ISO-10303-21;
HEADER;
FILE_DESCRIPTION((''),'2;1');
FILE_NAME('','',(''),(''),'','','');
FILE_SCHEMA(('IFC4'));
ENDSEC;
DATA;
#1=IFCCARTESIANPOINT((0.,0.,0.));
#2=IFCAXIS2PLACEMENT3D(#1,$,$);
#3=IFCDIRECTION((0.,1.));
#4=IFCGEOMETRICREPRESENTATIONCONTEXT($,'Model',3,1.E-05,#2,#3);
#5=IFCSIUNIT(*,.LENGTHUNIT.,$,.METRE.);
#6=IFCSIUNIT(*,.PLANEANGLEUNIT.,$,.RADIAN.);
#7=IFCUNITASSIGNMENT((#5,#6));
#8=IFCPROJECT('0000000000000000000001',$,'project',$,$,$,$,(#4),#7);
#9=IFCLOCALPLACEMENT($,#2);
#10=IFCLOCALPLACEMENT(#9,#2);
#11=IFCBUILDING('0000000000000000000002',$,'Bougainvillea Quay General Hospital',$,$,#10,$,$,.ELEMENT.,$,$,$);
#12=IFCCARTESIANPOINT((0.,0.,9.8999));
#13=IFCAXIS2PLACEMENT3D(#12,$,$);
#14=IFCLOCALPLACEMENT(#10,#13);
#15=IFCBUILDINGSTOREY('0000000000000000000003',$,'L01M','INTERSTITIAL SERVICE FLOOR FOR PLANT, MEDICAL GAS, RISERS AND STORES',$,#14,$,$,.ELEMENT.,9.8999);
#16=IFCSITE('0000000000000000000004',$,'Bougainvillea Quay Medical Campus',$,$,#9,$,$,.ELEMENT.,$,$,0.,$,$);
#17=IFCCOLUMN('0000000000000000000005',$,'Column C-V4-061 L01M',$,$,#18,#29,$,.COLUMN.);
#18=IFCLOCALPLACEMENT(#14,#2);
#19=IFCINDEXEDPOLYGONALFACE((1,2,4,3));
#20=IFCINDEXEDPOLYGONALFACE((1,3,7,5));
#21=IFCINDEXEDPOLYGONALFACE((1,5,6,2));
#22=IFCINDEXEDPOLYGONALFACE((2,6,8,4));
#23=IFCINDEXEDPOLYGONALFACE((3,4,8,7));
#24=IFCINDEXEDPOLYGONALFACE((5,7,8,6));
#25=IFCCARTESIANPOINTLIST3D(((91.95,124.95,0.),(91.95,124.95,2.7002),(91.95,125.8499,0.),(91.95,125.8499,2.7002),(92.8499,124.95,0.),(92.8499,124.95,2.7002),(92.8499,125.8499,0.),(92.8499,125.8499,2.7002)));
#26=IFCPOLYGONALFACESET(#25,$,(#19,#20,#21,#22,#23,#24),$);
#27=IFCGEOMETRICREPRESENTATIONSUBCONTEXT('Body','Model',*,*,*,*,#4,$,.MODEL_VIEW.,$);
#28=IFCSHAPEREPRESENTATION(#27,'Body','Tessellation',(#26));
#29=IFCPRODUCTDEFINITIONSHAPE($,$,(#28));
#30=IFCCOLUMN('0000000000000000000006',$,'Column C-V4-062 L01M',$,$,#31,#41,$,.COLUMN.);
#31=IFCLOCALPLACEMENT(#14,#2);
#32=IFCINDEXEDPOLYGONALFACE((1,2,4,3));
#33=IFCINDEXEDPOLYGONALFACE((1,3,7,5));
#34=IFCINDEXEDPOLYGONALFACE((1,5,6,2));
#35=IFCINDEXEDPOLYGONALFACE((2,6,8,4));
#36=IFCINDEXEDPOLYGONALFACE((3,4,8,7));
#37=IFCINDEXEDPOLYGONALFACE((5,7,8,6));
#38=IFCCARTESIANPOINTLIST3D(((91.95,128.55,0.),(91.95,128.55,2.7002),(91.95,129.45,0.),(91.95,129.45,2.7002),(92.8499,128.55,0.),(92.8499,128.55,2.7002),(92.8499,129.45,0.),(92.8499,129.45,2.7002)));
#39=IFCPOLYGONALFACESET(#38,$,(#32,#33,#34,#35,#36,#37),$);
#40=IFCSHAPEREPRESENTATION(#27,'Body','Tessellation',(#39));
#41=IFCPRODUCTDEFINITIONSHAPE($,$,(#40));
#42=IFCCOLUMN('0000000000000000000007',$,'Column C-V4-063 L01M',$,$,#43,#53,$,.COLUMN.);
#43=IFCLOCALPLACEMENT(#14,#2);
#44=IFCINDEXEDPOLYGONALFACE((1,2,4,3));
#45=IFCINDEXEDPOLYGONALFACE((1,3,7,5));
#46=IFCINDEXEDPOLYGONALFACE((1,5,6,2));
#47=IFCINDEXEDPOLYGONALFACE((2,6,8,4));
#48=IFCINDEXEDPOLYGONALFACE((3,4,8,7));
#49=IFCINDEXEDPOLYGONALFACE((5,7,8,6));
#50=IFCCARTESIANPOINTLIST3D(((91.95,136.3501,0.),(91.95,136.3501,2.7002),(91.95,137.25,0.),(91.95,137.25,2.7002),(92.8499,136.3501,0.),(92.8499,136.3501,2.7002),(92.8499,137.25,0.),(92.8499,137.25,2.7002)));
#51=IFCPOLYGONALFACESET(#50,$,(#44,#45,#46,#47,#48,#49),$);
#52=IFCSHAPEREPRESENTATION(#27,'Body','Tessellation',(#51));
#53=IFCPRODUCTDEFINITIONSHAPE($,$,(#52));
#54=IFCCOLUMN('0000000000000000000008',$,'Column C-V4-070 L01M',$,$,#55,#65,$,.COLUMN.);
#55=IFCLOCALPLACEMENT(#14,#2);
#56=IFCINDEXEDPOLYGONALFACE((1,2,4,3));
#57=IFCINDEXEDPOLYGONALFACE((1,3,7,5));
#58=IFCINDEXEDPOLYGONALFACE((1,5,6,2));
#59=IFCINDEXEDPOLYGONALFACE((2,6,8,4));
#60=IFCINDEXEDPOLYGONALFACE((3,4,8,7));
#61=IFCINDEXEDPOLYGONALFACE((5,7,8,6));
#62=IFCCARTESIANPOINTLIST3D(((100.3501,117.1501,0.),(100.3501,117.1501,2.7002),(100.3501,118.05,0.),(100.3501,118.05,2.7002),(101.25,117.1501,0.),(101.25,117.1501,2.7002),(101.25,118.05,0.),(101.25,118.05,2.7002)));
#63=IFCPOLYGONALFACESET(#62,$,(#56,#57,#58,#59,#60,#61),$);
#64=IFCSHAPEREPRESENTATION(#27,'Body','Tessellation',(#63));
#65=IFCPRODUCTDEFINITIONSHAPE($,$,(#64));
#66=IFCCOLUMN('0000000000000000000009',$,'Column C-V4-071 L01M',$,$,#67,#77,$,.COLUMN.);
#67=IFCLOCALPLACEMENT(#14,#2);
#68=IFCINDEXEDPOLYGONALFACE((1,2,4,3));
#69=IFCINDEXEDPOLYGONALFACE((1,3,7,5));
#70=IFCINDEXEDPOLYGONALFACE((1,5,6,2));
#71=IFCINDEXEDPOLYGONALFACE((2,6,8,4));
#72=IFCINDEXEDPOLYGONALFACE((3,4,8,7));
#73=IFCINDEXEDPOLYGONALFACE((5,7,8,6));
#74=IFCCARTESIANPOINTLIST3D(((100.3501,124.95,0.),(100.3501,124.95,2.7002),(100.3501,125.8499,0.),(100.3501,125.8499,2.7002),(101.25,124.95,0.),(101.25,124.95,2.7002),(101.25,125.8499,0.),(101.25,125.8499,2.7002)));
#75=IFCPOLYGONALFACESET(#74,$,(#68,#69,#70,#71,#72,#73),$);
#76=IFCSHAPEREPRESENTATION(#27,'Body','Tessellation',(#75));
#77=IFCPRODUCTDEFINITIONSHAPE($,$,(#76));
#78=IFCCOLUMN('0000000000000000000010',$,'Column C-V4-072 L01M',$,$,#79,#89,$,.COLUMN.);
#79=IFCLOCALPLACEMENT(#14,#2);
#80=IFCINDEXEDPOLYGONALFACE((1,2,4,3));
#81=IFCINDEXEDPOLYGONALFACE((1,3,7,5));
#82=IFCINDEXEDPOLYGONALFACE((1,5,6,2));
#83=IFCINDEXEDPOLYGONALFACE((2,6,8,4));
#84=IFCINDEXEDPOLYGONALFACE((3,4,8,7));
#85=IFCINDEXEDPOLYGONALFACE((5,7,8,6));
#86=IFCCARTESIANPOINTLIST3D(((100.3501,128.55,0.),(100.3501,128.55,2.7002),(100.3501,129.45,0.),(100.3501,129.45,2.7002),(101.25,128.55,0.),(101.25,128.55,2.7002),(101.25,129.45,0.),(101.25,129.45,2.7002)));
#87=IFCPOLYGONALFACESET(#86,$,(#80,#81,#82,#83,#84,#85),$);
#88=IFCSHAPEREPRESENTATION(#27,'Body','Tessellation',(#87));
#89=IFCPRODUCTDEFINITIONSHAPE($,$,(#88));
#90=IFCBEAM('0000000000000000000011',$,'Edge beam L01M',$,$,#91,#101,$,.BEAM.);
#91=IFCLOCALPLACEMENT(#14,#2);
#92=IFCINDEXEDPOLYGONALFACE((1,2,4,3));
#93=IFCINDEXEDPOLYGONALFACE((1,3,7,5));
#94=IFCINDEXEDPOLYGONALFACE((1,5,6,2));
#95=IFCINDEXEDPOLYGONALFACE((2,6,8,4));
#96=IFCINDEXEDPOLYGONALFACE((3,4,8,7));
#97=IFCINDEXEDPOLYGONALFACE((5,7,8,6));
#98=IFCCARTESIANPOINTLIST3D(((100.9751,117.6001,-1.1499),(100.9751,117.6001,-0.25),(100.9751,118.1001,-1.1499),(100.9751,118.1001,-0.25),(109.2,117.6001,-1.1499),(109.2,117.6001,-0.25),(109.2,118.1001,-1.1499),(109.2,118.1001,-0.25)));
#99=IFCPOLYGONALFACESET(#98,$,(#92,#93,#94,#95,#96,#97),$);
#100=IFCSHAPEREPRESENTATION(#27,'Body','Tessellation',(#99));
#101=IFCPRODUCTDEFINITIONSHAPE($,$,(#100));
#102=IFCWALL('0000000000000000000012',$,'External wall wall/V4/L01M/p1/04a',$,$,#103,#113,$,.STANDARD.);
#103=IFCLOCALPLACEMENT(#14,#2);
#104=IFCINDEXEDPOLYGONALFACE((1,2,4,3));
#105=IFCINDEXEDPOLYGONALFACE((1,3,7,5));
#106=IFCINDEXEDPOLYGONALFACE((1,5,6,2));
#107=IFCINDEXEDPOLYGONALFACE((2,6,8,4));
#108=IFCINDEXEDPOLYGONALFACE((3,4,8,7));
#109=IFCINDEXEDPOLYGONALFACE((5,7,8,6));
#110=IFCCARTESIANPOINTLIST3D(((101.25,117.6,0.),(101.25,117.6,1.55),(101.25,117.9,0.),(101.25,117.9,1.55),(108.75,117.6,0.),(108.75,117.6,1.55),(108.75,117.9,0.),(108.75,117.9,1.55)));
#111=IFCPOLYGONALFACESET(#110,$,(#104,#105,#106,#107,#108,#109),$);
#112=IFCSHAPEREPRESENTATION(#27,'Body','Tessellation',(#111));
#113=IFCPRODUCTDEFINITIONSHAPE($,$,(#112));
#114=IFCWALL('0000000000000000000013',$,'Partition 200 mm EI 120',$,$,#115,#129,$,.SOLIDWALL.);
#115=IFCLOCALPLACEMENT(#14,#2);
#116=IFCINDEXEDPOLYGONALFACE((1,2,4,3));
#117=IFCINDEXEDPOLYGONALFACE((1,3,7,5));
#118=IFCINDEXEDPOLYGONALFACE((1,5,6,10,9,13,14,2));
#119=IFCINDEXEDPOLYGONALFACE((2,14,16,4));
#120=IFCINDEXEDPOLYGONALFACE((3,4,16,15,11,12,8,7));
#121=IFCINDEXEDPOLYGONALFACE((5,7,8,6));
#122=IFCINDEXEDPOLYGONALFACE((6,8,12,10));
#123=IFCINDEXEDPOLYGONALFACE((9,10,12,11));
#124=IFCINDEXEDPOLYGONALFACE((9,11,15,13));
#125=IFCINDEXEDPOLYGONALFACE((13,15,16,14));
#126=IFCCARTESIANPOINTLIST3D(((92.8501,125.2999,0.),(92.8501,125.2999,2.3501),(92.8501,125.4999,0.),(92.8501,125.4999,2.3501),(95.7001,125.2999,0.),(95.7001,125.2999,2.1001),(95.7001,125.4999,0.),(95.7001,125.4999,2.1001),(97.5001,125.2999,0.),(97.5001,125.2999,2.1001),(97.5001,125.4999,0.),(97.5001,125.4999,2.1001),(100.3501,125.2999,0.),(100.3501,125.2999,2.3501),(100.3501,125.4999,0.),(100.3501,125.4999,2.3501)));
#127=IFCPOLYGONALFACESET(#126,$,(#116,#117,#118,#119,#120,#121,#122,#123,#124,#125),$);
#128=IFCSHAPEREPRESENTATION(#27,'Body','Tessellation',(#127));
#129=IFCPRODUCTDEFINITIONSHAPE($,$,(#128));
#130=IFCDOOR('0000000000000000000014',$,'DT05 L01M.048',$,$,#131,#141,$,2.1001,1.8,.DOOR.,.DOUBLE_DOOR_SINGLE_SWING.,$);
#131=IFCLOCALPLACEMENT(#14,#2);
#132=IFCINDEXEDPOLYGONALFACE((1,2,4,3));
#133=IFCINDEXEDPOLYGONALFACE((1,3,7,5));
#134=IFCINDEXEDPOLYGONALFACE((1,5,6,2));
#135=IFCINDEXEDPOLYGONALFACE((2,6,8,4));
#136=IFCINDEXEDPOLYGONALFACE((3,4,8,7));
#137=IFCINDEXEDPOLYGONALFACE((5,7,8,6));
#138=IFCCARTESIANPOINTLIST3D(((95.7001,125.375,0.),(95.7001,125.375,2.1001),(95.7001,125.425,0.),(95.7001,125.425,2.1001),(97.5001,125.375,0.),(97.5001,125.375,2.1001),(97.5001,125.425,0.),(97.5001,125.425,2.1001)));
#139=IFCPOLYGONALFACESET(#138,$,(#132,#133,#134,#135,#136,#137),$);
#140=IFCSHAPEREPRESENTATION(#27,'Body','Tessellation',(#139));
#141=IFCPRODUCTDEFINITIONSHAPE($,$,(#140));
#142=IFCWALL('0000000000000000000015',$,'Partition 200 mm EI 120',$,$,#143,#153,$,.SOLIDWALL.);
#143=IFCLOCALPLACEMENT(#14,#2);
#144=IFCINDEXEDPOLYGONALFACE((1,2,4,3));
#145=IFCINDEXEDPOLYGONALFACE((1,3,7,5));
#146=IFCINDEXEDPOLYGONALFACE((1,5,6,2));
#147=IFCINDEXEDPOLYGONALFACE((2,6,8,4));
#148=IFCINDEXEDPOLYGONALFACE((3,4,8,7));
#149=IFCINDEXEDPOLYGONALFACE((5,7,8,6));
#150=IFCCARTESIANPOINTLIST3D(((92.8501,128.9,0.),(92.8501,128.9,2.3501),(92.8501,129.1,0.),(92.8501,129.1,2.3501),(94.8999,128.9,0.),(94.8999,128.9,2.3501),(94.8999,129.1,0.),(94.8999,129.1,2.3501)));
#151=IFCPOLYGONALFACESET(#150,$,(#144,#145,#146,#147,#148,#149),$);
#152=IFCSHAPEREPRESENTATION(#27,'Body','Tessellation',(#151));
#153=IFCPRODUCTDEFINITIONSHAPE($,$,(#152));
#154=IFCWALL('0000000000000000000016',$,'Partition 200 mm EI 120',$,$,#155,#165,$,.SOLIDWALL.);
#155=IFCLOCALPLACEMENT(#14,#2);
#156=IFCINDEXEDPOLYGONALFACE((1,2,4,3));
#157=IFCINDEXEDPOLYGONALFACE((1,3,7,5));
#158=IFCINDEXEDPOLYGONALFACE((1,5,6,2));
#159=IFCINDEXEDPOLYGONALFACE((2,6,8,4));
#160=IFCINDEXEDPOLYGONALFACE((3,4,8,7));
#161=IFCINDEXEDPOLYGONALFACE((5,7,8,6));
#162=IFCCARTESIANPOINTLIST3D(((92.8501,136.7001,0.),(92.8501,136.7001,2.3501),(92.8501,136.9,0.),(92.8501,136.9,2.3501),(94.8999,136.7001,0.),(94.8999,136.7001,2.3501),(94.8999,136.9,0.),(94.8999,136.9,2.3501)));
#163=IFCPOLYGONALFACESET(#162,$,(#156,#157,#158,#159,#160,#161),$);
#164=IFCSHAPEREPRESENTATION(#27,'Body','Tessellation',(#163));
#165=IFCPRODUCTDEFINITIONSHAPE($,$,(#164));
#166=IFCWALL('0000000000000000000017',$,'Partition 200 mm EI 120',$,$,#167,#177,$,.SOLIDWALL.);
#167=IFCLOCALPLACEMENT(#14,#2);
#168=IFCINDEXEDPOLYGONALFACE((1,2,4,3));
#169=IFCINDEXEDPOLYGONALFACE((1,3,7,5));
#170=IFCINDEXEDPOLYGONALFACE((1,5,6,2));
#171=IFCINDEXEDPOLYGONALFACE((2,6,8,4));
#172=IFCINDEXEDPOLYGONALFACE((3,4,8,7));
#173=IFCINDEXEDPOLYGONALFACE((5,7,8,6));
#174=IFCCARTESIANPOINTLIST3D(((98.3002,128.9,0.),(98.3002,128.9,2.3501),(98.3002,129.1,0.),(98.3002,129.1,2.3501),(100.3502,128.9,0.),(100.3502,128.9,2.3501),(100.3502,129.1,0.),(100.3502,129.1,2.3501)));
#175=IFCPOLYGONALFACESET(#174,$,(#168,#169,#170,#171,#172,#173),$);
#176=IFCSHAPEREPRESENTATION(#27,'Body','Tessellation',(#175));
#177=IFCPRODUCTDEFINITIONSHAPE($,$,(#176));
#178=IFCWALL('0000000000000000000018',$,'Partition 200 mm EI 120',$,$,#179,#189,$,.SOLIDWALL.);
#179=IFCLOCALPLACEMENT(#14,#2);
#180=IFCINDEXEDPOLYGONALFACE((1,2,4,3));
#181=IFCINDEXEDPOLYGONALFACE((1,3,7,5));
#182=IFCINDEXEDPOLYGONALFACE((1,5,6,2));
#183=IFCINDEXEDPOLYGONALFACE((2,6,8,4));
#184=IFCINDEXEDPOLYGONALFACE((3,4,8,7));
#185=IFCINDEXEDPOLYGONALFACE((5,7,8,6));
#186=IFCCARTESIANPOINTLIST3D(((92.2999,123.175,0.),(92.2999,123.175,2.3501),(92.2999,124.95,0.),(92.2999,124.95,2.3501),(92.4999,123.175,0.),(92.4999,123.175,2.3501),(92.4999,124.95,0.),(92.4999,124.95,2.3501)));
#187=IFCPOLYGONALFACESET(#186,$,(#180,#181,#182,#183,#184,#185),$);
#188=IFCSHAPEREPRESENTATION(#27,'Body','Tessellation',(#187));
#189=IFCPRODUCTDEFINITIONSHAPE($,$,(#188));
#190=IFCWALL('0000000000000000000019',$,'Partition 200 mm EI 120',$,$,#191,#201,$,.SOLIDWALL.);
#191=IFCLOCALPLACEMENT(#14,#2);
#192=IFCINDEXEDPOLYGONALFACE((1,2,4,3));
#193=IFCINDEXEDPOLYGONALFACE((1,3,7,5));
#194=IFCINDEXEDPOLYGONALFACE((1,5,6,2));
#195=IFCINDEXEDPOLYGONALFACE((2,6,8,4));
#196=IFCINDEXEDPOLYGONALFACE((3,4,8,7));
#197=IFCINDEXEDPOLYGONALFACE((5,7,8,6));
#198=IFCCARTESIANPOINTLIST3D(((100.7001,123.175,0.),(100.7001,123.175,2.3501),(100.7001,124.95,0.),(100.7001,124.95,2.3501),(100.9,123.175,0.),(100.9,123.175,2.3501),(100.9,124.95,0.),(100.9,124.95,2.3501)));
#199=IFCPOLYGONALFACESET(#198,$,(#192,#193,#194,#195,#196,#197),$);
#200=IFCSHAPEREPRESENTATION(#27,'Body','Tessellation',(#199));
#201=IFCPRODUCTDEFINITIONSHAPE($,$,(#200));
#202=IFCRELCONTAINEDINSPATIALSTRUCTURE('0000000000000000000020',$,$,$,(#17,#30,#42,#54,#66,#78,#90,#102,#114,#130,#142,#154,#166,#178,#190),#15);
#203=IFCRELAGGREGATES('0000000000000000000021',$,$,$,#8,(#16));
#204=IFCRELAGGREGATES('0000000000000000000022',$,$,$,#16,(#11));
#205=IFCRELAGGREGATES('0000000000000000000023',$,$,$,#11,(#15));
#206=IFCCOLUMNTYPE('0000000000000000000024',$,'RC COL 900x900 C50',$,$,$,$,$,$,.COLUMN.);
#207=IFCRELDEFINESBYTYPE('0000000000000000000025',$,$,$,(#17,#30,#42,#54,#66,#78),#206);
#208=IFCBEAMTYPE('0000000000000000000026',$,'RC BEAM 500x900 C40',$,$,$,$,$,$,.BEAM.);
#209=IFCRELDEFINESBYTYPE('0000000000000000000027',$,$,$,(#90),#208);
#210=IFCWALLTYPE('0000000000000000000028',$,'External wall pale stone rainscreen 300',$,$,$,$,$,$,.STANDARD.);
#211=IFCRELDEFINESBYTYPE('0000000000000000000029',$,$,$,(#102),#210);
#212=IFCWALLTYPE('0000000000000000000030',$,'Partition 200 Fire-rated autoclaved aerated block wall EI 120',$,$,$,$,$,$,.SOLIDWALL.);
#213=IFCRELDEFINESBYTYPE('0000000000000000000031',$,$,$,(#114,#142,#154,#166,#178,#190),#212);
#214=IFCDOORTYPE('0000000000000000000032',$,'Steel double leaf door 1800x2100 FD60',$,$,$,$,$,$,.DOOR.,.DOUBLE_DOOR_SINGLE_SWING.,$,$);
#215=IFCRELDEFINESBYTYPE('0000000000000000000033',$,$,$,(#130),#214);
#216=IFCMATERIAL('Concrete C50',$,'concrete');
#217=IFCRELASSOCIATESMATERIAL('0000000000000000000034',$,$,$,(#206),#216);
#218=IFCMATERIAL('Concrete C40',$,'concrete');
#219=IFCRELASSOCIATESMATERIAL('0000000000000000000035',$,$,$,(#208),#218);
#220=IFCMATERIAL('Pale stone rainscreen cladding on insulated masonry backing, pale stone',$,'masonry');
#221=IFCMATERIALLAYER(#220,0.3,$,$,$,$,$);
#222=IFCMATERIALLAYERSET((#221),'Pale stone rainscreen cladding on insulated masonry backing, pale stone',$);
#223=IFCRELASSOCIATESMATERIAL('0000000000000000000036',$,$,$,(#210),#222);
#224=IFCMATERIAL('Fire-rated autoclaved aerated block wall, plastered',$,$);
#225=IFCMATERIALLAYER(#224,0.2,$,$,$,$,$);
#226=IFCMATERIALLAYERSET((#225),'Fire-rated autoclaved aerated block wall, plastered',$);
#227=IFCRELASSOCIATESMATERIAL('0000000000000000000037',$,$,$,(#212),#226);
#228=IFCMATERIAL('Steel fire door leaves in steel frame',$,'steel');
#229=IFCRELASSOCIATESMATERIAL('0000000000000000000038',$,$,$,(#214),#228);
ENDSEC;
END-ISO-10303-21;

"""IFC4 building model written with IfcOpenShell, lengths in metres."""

from ifc_helpers import new_model, si_unit, direction, frame, frame_2d, origin, origin_2d, place, context, subcontext, project, spatial, rectangle, extrude, material, layer, layer_set, material_profile, profile_set, type_object, element, fill, save


model = new_model("IFC4")

# Units and contexts
model_context = context("Model", 3, precision=1e-05, world=origin(), true_north=direction((0.0, 1.0)))
body_context = subcontext(model_context, "Body", "Model", "MODEL_VIEW")
ifc_project = project(units=[si_unit("LENGTHUNIT", "METRE"), si_unit("PLANEANGLEUNIT", "RADIAN")], contexts=[model_context])

# Site, building, storey
site_placement = place(None, origin())
site = spatial("IfcSite", under=ifc_project, at=site_placement, Name="Bougainvillea Quay Medical Campus", CompositionType="ELEMENT", RefElevation=0.0)
building_placement = place(site_placement, origin())
building = spatial("IfcBuilding", under=site, at=building_placement, Name="Bougainvillea Quay General Hospital", CompositionType="ELEMENT")
storey_placement = place(building_placement, frame((0.0, 0.0, 9.8999)))
storey = spatial("IfcBuildingStorey", under=building, at=storey_placement, Name="L01M", Description="INTERSTITIAL SERVICE FLOOR FOR PLANT, MEDICAL GAS, RISERS AND STORES", CompositionType="ELEMENT", Elevation=9.8999)

# Columns
ifc_material_1 = material(Name="Concrete C50", Category="concrete")
ifc_material_profile_1 = material_profile(ifc_material_1, rectangle(XDim=0.8999, YDim=0.8999, at=origin_2d()))
ifc_profile_set_1 = profile_set([ifc_material_profile_1], Name="Concrete C50")
column_type = type_object("IfcColumnType", Name="RC COL 900x900 C50", PredefinedType="COLUMN", material=ifc_profile_set_1)
for number, where, z_axis, x_axis, name in (
    (1, (92.3999, 125.3999, 0.0), (0.0, 0.0, 1.0), (1.0, 0.0, 0.0), "Column C-V4-061 L01M"),
    (2, (92.3999, 129.0, 0.0), (0.0, 0.0, 1.0), (1.0, 0.0, 0.0), "Column C-V4-062 L01M"),
    (3, (92.3999, 136.8, 0.0), (0.0, 0.0, 1.0), (1.0, 0.0, 0.0), "Column C-V4-063 L01M"),
    (4, (100.8, 117.6001, 0.0), (0.0, 0.0, 1.0), (1.0, 0.0, 0.0), "Column C-V4-070 L01M"),
    (5, (100.8, 125.3999, 0.0), (0.0, 0.0, 1.0), (1.0, 0.0, 0.0), "Column C-V4-071 L01M"),
    (6, (100.8, 129.0, 0.0), (0.0, 0.0, 1.0), (1.0, 0.0, 0.0), "Column C-V4-072 L01M"),
):
    element("IfcColumn", number, at=place(storey_placement, frame(where, z_axis=z_axis, x_axis=x_axis)), inside=storey, type_object=column_type, Name=name, PredefinedType="COLUMN", context=body_context, shape_type="SweptSolid", body=[
        extrude(rectangle(XDim=0.8999, YDim=0.8999, at=origin_2d()), origin(), (0.0, 0.0, 1.0), 2.7002),
    ])

# Beam
ifc_material_2 = material(Name="Concrete C40", Category="concrete")
ifc_material_profile_2 = material_profile(ifc_material_2, rectangle(XDim=0.5, YDim=0.8999, at=origin_2d()))
ifc_profile_set_2 = profile_set([ifc_material_profile_2], Name="Concrete C40")
beam_type = type_object("IfcBeamType", Name="RC BEAM 500x900 C40", PredefinedType="BEAM", material=ifc_profile_set_2)
beam_placement = place(storey_placement, frame((100.9751, 117.8501, -0.7), z_axis=(1.0, 0.0, 0.0), x_axis=(0.0, 1.0, 0.0)))
element("IfcBeam", 7, at=beam_placement, inside=storey, type_object=beam_type, Name="Edge beam L01M", PredefinedType="BEAM", context=body_context, shape_type="SweptSolid", body=[
    extrude(rectangle(XDim=0.5, YDim=0.8999, at=origin_2d()), origin(), (0.0, 0.0, 1.0), 8.2249),
])

# Wall
ifc_material_3 = material(Name="Pale stone rainscreen cladding on insulated masonry backing, pale stone", Category="masonry")
ifc_layer_1 = layer(ifc_material_3, 0.3)
ifc_layer_set_1 = layer_set([ifc_layer_1], Name="Pale stone rainscreen cladding on insulated masonry backing, pale stone")
wall_type_1 = type_object("IfcWallType", Name="External wall pale stone rainscreen 300", PredefinedType="STANDARD", material=ifc_layer_set_1)
wall_1_placement = place(storey_placement, frame((101.25, 117.75, 0.0), z_axis=(0.0, 0.0, 1.0), x_axis=(1.0, 0.0, 0.0)))
element("IfcWall", 8, at=wall_1_placement, inside=storey, type_object=wall_type_1, Name="External wall wall/V4/L01M/p1/04a", PredefinedType="STANDARD", context=body_context, shape_type="SweptSolid", body=[
    extrude(rectangle(XDim=7.5, YDim=0.3, at=frame_2d((3.75, 0.0))), origin(), (0.0, 0.0, 1.0), 1.55),
])

# Wall, opening, door
ifc_material_4 = material(Name="Fire-rated autoclaved aerated block wall, plastered")
ifc_layer_2 = layer(ifc_material_4, 0.2)
ifc_layer_set_2 = layer_set([ifc_layer_2], Name="Fire-rated autoclaved aerated block wall, plastered")
wall_type_2 = type_object("IfcWallType", Name="Partition 200 Fire-rated autoclaved aerated block wall EI 120", PredefinedType="SOLIDWALL", material=ifc_layer_set_2)
wall_2_placement = place(storey_placement, frame((100.3501, 125.3999, 0.0), z_axis=(0.0, 0.0, 1.0), x_axis=(-1.0, 0.0, 0.0)))
wall_2 = element("IfcWall", 9, at=wall_2_placement, inside=storey, type_object=wall_type_2, Name="Partition 200 mm EI 120", PredefinedType="SOLIDWALL", context=body_context, shape_type="SweptSolid", body=[
    extrude(rectangle(XDim=7.5, YDim=0.2, at=frame_2d((3.75, 0.0))), origin(), (0.0, 0.0, 1.0), 2.3501),
])
opening_1_placement = place(wall_2_placement, frame((2.8501, 0.0, 0.0)))
opening_1 = element("IfcOpeningElement", 10, at=opening_1_placement, cuts=wall_2, PredefinedType="OPENING", context=body_context, shape_type="SweptSolid", body=[
    extrude(rectangle(XDim=1.8, YDim=2.1001, at=frame_2d((0.8999, 1.05))), frame((0.0, 0.1099, 0.0), z_axis=(0.0, -1.0, 0.0), x_axis=(1.0, 0.0, 0.0)), (0.0, 0.0, 1.0), 0.22),
])
ifc_material_5 = material(Name="Steel fire door leaves in steel frame", Category="steel")
door_type_1 = type_object("IfcDoorType", Name="Steel double leaf door 1800x2100 FD60", OperationType="DOUBLE_DOOR_SINGLE_SWING", PredefinedType="DOOR", material=ifc_material_5)
door_1_placement = place(opening_1_placement, origin())
door_1 = element("IfcDoor", 11, at=door_1_placement, inside=storey, type_object=door_type_1, Name="DT05 L01M.048", OperationType="DOUBLE_DOOR_SINGLE_SWING", OverallHeight=2.1001, OverallWidth=1.8, PredefinedType="DOOR", context=body_context, shape_type="SweptSolid", body=[
    extrude(rectangle(XDim=1.8, YDim=2.1001, at=frame_2d((0.8999, 1.05))), frame((0.0, 0.0249, 0.0), z_axis=(0.0, -1.0, 0.0), x_axis=(1.0, 0.0, 0.0)), (0.0, 0.0, 1.0), 0.05),
])
fill(opening_1, door_1)

# Walls
for number, where, z_axis, x_axis, name in (
    (12, (94.8999, 129.0, 0.0), (0.0, 0.0, 1.0), (-1.0, 0.0, 0.0), "Partition 200 mm EI 120"),
    (13, (94.8999, 136.8, 0.0), (0.0, 0.0, 1.0), (-1.0, 0.0, 0.0), "Partition 200 mm EI 120"),
):
    element("IfcWall", number, at=place(storey_placement, frame(where, z_axis=z_axis, x_axis=x_axis)), inside=storey, type_object=wall_type_2, Name=name, PredefinedType="SOLIDWALL", context=body_context, shape_type="SweptSolid", body=[
        extrude(rectangle(XDim=2.0498, YDim=0.2, at=frame_2d((1.0249, 0.0))), origin(), (0.0, 0.0, 1.0), 2.3501),
    ])
wall_3_placement = place(storey_placement, frame((100.3501, 129.0, 0.0), z_axis=(0.0, 0.0, 1.0), x_axis=(-1.0, 0.0, 0.0)))
element("IfcWall", 14, at=wall_3_placement, inside=storey, type_object=wall_type_2, Name="Partition 200 mm EI 120", PredefinedType="SOLIDWALL", context=body_context, shape_type="SweptSolid", body=[
    extrude(rectangle(XDim=2.05, YDim=0.2, at=frame_2d((1.0249, 0.0))), origin(), (0.0, 0.0, 1.0), 2.3501),
])
for number, where, z_axis, x_axis, name in (
    (15, (92.3999, 123.175, 0.0), (0.0, 0.0, 1.0), (0.0, 1.0, 0.0), "Partition 200 mm EI 120"),
    (16, (100.8, 123.175, 0.0), (0.0, 0.0, 1.0), (0.0, 1.0, 0.0), "Partition 200 mm EI 120"),
):
    element("IfcWall", number, at=place(storey_placement, frame(where, z_axis=z_axis, x_axis=x_axis)), inside=storey, type_object=wall_type_2, Name=name, PredefinedType="SOLIDWALL", context=body_context, shape_type="SweptSolid", body=[
        extrude(rectangle(XDim=1.7749, YDim=0.2, at=frame_2d((0.8875, 0.0))), origin(), (0.0, 0.0, 1.0), 2.3501),
    ])

save(model, "model.ifc")
